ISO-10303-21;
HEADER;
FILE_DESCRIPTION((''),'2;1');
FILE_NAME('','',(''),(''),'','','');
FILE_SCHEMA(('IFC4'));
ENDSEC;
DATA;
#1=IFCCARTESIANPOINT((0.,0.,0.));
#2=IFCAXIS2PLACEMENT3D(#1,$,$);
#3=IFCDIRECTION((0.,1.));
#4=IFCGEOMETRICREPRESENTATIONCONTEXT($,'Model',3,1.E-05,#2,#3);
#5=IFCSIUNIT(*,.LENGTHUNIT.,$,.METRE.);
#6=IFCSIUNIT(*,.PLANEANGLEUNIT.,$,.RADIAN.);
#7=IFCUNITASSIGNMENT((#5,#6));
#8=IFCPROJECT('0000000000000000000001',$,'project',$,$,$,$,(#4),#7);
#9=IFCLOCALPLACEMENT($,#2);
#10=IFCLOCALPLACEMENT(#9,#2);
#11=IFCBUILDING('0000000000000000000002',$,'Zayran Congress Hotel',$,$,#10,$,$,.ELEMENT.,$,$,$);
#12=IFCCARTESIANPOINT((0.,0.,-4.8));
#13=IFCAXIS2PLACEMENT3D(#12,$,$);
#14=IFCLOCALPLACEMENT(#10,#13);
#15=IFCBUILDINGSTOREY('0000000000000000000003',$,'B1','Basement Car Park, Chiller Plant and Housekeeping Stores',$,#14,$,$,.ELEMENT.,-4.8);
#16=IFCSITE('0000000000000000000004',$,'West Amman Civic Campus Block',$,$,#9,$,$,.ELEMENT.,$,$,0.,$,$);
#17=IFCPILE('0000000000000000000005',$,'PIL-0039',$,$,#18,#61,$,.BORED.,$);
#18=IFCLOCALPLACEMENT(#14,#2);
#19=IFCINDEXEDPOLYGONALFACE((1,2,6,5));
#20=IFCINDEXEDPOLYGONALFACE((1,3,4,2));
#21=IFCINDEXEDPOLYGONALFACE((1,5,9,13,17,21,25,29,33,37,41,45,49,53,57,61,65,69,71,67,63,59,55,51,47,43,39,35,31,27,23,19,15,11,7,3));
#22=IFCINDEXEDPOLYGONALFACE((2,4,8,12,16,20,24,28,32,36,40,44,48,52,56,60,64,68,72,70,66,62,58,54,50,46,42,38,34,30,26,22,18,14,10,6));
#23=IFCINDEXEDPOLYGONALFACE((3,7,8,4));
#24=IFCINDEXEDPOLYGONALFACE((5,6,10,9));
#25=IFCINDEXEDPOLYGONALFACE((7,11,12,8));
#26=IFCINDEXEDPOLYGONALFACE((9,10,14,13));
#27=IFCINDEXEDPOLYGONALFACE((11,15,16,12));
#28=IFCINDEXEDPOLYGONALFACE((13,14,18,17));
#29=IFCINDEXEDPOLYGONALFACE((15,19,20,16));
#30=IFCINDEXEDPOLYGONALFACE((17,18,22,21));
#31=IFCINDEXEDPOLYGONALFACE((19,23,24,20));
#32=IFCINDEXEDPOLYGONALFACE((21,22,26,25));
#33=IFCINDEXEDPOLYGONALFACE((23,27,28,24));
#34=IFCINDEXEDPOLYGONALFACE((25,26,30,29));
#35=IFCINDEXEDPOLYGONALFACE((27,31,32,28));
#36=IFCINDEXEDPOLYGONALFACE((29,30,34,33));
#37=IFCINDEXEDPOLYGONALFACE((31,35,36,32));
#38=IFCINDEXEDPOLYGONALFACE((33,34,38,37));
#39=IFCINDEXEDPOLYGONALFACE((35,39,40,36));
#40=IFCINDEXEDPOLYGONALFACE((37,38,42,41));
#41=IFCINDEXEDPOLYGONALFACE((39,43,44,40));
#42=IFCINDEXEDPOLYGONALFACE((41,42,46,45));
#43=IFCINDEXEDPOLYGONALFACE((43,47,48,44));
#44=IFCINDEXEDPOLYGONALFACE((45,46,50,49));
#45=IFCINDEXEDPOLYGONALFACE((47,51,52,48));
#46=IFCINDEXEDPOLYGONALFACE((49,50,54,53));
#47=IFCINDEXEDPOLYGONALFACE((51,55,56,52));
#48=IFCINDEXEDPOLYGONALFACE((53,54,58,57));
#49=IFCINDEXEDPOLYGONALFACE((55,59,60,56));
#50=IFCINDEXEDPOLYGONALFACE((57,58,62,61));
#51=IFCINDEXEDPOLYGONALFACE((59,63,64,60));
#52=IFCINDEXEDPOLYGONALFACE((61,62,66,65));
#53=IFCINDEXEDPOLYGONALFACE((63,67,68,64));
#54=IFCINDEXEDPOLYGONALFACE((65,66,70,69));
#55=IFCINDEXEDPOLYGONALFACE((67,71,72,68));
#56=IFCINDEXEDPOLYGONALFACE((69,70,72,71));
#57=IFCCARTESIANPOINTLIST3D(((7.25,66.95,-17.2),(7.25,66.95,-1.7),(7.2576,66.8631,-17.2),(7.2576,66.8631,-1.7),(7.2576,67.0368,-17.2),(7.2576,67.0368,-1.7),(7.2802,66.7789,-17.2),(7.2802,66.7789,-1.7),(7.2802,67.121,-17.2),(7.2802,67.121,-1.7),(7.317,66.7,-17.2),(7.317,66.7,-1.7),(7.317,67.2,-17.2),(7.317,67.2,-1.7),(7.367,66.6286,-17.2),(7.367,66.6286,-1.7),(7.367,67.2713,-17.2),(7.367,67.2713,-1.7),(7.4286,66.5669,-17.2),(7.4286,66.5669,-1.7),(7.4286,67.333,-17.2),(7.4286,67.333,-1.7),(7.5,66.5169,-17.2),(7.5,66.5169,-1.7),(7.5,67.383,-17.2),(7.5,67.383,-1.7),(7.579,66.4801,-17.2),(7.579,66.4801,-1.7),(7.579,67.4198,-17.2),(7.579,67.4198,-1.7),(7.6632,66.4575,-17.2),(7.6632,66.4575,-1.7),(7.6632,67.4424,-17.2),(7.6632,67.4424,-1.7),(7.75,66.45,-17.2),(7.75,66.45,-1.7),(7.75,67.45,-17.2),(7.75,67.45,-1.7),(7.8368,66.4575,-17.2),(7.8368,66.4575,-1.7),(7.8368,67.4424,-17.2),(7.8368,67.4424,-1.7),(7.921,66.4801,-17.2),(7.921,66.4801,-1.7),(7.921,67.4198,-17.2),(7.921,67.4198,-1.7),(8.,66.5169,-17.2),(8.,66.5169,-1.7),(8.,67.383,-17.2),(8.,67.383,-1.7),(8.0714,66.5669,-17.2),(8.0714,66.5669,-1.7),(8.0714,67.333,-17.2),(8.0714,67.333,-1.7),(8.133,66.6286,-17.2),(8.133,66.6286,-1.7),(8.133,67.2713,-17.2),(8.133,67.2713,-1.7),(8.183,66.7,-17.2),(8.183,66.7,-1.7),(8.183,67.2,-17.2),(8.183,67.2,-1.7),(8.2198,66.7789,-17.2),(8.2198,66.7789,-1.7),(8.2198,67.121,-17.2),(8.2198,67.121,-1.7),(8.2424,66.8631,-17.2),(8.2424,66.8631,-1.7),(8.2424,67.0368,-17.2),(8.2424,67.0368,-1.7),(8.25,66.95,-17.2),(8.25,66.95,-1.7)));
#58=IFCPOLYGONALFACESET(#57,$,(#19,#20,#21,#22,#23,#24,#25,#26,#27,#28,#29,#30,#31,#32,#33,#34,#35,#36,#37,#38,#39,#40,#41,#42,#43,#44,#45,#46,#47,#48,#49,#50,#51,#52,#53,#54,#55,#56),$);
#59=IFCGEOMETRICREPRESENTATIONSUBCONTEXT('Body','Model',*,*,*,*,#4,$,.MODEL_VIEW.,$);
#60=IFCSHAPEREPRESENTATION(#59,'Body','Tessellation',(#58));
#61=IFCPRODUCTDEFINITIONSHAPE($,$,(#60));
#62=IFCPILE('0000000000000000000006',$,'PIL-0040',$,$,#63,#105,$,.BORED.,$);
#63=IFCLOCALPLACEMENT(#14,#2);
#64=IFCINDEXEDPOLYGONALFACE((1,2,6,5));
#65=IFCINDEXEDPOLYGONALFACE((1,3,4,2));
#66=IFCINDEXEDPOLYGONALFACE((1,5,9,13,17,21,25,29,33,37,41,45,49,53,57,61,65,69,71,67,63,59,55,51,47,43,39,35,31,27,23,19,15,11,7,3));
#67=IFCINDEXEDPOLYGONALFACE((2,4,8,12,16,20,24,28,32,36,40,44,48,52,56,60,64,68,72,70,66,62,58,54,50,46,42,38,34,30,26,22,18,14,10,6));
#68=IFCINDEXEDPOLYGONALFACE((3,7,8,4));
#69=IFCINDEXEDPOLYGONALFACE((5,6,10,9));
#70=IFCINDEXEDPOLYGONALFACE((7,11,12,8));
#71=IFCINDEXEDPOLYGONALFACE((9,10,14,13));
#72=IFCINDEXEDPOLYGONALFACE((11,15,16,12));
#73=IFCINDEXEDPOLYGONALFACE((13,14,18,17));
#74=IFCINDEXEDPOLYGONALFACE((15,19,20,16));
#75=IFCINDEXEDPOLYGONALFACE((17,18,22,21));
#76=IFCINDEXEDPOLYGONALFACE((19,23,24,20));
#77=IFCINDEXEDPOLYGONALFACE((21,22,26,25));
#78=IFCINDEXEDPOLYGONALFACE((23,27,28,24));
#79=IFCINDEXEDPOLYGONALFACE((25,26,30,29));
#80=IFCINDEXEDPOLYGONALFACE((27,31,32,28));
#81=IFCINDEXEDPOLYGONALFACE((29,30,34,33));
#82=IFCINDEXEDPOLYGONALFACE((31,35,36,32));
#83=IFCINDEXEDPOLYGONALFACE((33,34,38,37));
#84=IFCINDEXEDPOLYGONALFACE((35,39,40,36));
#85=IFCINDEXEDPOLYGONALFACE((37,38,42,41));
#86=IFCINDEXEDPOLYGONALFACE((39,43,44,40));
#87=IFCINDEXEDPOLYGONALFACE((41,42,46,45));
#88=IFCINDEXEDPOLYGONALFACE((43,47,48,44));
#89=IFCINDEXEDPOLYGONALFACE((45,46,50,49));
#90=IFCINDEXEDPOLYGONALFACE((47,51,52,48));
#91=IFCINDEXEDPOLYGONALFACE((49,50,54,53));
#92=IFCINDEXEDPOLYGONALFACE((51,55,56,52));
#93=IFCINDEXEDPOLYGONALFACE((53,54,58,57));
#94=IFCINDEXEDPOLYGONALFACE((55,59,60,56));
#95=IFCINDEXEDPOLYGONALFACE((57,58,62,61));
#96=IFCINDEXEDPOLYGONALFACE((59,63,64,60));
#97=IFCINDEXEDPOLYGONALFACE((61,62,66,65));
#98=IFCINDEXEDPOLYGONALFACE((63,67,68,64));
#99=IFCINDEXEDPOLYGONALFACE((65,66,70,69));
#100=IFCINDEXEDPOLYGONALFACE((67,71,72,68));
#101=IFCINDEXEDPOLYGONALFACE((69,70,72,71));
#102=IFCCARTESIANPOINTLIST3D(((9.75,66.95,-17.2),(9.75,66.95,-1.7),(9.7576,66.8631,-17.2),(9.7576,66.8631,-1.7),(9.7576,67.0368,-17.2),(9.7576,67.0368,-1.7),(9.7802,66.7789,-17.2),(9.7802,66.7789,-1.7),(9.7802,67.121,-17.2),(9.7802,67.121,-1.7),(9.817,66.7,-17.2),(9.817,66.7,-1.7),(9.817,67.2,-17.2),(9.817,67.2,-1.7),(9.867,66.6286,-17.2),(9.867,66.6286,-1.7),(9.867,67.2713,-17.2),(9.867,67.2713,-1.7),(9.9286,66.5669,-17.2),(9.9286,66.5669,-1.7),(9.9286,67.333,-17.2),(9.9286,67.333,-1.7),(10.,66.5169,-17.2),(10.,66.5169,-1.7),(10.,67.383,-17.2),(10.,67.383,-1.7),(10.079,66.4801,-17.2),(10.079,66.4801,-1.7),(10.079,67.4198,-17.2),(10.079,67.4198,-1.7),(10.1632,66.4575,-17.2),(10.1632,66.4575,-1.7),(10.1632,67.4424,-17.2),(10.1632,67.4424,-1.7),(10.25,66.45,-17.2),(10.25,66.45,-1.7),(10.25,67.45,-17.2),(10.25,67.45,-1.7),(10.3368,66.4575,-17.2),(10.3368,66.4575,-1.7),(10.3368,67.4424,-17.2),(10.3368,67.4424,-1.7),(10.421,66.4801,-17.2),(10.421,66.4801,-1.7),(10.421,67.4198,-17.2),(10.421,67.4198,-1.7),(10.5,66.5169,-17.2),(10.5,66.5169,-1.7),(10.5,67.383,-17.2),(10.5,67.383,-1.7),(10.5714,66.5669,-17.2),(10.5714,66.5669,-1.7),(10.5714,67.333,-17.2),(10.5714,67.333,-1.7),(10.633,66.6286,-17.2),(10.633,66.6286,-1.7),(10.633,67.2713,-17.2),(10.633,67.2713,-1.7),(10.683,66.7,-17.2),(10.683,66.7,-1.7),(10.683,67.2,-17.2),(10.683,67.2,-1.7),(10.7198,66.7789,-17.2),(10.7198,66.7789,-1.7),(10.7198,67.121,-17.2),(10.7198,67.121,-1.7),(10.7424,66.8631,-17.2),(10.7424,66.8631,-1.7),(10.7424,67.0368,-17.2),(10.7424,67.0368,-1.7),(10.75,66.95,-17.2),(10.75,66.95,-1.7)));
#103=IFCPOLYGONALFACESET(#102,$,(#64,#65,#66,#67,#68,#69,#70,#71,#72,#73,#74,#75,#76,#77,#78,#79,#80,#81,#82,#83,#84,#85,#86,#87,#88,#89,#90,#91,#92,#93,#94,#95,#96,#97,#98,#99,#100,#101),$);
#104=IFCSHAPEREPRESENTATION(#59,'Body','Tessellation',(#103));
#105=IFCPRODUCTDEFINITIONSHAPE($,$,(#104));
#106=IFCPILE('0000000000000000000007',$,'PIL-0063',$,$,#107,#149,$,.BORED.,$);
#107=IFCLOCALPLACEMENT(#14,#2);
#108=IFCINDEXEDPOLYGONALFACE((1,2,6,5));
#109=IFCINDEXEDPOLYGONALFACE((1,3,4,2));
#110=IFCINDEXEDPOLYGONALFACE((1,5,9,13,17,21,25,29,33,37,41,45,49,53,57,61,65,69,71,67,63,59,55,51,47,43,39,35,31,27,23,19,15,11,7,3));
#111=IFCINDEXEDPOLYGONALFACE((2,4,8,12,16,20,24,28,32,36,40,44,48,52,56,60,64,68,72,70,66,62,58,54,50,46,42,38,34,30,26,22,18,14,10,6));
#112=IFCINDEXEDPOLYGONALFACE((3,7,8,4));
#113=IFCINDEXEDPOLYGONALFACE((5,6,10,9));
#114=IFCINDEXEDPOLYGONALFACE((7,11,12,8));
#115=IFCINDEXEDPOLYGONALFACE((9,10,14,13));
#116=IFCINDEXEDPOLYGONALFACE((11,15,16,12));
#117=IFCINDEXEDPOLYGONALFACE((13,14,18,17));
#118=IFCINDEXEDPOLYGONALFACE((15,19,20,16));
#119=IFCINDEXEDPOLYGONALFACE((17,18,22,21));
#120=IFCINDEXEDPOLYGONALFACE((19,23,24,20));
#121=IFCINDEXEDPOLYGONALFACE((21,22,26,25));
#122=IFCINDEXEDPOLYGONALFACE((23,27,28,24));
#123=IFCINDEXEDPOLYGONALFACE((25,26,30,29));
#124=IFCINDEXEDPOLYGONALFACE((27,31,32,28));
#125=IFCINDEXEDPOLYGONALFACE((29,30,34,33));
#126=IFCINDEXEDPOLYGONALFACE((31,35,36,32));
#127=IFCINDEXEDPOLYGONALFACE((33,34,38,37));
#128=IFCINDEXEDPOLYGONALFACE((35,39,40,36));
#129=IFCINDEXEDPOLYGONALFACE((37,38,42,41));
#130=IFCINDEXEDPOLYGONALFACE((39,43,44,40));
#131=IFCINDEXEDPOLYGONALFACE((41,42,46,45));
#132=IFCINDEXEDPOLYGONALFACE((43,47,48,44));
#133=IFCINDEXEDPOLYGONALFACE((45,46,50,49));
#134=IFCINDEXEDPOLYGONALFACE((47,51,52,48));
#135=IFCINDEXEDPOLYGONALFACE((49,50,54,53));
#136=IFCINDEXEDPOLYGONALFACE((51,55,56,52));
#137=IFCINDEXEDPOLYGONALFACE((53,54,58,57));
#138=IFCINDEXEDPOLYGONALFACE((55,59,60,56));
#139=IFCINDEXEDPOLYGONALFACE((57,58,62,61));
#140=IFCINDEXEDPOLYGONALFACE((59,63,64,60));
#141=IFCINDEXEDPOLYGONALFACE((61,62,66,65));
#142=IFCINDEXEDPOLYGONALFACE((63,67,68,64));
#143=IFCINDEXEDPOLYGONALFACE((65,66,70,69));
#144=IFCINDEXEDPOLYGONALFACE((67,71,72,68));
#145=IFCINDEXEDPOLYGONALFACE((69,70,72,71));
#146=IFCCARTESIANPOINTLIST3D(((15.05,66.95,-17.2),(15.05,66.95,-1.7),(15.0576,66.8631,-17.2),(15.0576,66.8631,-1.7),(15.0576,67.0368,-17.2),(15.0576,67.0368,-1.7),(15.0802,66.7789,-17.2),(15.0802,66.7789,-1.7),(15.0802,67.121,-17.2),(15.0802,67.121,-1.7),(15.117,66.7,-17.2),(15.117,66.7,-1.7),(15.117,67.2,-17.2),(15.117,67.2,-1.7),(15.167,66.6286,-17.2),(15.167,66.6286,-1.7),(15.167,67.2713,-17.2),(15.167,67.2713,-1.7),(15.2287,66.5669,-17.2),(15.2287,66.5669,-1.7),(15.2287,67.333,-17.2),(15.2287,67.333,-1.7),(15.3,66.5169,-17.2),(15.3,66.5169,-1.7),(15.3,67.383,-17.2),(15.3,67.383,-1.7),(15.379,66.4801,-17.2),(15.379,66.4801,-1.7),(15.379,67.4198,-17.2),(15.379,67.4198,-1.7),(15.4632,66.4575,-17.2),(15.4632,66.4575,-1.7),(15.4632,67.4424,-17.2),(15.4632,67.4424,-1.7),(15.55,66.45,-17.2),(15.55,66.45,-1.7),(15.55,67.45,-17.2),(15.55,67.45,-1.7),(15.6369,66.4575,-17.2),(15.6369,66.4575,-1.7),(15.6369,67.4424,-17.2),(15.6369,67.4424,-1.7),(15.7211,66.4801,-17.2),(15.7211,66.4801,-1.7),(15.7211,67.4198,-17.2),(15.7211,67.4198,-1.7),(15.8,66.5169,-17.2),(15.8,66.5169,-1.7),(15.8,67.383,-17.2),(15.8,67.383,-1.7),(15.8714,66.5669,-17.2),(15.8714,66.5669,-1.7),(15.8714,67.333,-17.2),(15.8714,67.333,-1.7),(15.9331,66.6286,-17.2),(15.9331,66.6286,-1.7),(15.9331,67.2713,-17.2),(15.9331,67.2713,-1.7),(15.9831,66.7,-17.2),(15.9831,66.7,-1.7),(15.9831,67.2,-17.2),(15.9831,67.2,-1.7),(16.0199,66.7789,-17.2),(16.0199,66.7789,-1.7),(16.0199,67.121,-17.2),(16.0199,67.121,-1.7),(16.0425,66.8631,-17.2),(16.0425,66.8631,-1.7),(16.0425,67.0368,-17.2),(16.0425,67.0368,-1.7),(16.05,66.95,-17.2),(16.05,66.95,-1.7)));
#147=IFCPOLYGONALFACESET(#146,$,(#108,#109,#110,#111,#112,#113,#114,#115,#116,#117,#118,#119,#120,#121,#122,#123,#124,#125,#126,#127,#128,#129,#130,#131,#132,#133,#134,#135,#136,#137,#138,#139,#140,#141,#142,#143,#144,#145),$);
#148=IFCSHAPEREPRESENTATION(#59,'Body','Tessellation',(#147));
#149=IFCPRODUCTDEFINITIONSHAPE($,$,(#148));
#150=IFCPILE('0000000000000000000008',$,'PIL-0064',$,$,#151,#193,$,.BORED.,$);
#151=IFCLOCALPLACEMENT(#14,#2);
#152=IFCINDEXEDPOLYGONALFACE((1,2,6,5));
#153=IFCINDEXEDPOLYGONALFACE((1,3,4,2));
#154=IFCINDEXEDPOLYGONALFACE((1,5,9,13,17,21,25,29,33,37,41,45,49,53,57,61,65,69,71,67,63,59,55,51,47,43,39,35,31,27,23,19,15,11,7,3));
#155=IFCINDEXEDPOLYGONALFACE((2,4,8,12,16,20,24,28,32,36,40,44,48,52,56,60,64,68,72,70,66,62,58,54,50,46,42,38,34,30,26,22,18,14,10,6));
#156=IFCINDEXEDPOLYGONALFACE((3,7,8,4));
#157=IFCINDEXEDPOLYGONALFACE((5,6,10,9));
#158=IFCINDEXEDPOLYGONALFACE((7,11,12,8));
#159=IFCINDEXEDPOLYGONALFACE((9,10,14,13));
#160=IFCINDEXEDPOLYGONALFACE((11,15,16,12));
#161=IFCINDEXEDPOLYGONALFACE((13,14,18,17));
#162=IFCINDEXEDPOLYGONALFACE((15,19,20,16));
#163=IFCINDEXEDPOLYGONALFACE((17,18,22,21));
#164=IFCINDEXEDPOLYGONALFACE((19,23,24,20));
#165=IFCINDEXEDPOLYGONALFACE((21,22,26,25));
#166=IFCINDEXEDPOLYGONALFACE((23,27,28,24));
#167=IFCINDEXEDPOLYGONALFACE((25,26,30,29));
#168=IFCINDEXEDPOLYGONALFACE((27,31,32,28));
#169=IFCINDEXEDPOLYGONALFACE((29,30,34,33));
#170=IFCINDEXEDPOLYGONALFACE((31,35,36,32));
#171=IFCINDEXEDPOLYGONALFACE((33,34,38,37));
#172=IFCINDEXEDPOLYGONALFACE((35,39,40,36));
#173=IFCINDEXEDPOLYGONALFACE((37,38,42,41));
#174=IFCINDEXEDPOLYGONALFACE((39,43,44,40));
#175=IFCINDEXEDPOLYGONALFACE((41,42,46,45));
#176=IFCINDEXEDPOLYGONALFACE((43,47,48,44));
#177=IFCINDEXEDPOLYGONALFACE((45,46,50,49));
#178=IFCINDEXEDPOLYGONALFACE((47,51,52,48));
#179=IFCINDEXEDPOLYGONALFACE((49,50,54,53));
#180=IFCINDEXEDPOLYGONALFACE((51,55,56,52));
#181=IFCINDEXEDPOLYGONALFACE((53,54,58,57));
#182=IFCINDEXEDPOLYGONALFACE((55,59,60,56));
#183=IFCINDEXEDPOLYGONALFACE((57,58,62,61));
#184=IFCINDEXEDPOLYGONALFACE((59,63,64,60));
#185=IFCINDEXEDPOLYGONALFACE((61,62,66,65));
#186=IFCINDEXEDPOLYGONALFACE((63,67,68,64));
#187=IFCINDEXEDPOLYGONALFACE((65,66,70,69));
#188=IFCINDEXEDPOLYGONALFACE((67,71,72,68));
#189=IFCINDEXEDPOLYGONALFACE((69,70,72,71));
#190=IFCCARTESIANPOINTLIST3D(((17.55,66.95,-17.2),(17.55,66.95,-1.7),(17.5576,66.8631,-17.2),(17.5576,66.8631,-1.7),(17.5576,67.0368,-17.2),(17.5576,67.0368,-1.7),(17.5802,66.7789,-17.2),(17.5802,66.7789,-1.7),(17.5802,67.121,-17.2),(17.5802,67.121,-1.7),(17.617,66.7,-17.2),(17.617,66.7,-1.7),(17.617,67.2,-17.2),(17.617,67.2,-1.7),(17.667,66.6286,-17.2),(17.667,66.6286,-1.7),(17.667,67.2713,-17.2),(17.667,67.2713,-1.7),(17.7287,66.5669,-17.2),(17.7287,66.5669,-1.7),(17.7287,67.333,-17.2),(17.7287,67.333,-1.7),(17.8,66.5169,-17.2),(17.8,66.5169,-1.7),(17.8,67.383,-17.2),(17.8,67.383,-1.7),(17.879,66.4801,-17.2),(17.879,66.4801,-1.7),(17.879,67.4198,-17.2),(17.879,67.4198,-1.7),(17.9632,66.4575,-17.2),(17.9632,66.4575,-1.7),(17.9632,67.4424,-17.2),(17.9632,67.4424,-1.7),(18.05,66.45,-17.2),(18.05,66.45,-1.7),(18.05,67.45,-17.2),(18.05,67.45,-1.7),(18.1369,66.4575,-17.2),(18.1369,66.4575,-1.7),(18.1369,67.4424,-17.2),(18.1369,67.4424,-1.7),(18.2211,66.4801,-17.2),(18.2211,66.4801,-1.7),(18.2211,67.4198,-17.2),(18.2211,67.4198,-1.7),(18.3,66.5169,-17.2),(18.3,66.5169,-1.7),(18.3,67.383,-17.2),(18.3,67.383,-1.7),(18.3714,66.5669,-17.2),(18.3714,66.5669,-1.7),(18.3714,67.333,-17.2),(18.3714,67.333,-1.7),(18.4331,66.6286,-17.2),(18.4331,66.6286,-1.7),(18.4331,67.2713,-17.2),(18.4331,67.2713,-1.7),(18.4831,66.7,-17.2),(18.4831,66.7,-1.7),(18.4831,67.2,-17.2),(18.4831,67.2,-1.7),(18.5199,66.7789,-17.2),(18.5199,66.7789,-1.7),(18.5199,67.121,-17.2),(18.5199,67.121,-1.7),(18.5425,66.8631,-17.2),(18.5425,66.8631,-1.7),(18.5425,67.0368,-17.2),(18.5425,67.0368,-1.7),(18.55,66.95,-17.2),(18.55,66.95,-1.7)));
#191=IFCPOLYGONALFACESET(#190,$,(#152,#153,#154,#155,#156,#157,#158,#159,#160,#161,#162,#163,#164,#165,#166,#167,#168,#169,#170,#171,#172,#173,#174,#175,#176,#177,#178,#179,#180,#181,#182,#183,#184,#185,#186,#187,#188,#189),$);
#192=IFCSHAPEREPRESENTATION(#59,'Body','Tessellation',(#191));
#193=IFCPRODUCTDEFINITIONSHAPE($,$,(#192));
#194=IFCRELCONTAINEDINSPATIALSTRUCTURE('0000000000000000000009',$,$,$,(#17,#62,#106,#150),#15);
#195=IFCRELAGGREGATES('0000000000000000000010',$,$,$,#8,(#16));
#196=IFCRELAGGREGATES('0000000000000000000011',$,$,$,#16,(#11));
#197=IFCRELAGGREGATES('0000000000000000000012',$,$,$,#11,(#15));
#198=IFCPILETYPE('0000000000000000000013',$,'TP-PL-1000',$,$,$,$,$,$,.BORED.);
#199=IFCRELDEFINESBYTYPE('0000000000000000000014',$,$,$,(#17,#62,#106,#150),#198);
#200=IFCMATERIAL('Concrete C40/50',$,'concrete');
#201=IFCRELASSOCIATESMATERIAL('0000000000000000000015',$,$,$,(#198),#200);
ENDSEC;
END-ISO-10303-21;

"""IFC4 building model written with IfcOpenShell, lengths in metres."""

from ifc_helpers import new_model, si_unit, direction, frame, origin, origin_2d, place, context, subcontext, project, spatial, circle, extrude, material, material_profile, profile_set, type_object, element, save


model = new_model("IFC4")

# Units and contexts
model_context = context("Model", 3, precision=1e-05, world=origin(), true_north=direction((0.0, 1.0)))
body_context = subcontext(model_context, "Body", "Model", "MODEL_VIEW")
ifc_project = project(units=[si_unit("LENGTHUNIT", "METRE"), si_unit("PLANEANGLEUNIT", "RADIAN")], contexts=[model_context])

# Site, building, storey
site_placement = place(None, origin())
site = spatial("IfcSite", under=ifc_project, at=site_placement, Name="West Amman Civic Campus Block", CompositionType="ELEMENT", RefElevation=0.0)
building_placement = place(site_placement, origin())
building = spatial("IfcBuilding", under=site, at=building_placement, Name="Zayran Congress Hotel", CompositionType="ELEMENT")
storey_placement = place(building_placement, frame((0.0, 0.0, -4.8)))
storey = spatial("IfcBuildingStorey", under=building, at=storey_placement, Name="B1", Description="Basement Car Park, Chiller Plant and Housekeeping Stores", CompositionType="ELEMENT", Elevation=-4.8)

# Piles
ifc_material = material(Name="Concrete C40/50", Category="concrete")
ifc_material_profile_1 = material_profile(ifc_material, circle(Radius=0.5, at=origin_2d()), Name="PILE D1000")
ifc_profile_set_1 = profile_set([ifc_material_profile_1], Name="Concrete C40/50")
pile_type_1 = type_object("IfcPileType", Name="TP-PL-1000", PredefinedType="BORED", material=ifc_profile_set_1)
for number, where, z_axis, x_axis, name in (
    (1, (7.75, 66.95, -1.7), (0.0, 0.0, -1.0), (1.0, 0.0, 0.0), "PIL-0039"),
    (2, (10.25, 66.95, -1.7), (0.0, 0.0, -1.0), (1.0, 0.0, 0.0), "PIL-0040"),
    (3, (15.55, 66.95, -1.7), (0.0, 0.0, -1.0), (1.0, 0.0, 0.0), "PIL-0063"),
    (4, (18.05, 66.95, -1.7), (0.0, 0.0, -1.0), (1.0, 0.0, 0.0), "PIL-0064"),
):
    element("IfcPile", number, at=place(storey_placement, frame(where, z_axis=z_axis, x_axis=x_axis)), inside=storey, type_object=pile_type_1, Name=name, PredefinedType="BORED", context=body_context, shape_type="SweptSolid", body=[
        extrude(circle(Radius=0.5, at=origin_2d()), origin(), (0.0, 0.0, 1.0), 15.5),
    ])

save(model, "model.ifc")
